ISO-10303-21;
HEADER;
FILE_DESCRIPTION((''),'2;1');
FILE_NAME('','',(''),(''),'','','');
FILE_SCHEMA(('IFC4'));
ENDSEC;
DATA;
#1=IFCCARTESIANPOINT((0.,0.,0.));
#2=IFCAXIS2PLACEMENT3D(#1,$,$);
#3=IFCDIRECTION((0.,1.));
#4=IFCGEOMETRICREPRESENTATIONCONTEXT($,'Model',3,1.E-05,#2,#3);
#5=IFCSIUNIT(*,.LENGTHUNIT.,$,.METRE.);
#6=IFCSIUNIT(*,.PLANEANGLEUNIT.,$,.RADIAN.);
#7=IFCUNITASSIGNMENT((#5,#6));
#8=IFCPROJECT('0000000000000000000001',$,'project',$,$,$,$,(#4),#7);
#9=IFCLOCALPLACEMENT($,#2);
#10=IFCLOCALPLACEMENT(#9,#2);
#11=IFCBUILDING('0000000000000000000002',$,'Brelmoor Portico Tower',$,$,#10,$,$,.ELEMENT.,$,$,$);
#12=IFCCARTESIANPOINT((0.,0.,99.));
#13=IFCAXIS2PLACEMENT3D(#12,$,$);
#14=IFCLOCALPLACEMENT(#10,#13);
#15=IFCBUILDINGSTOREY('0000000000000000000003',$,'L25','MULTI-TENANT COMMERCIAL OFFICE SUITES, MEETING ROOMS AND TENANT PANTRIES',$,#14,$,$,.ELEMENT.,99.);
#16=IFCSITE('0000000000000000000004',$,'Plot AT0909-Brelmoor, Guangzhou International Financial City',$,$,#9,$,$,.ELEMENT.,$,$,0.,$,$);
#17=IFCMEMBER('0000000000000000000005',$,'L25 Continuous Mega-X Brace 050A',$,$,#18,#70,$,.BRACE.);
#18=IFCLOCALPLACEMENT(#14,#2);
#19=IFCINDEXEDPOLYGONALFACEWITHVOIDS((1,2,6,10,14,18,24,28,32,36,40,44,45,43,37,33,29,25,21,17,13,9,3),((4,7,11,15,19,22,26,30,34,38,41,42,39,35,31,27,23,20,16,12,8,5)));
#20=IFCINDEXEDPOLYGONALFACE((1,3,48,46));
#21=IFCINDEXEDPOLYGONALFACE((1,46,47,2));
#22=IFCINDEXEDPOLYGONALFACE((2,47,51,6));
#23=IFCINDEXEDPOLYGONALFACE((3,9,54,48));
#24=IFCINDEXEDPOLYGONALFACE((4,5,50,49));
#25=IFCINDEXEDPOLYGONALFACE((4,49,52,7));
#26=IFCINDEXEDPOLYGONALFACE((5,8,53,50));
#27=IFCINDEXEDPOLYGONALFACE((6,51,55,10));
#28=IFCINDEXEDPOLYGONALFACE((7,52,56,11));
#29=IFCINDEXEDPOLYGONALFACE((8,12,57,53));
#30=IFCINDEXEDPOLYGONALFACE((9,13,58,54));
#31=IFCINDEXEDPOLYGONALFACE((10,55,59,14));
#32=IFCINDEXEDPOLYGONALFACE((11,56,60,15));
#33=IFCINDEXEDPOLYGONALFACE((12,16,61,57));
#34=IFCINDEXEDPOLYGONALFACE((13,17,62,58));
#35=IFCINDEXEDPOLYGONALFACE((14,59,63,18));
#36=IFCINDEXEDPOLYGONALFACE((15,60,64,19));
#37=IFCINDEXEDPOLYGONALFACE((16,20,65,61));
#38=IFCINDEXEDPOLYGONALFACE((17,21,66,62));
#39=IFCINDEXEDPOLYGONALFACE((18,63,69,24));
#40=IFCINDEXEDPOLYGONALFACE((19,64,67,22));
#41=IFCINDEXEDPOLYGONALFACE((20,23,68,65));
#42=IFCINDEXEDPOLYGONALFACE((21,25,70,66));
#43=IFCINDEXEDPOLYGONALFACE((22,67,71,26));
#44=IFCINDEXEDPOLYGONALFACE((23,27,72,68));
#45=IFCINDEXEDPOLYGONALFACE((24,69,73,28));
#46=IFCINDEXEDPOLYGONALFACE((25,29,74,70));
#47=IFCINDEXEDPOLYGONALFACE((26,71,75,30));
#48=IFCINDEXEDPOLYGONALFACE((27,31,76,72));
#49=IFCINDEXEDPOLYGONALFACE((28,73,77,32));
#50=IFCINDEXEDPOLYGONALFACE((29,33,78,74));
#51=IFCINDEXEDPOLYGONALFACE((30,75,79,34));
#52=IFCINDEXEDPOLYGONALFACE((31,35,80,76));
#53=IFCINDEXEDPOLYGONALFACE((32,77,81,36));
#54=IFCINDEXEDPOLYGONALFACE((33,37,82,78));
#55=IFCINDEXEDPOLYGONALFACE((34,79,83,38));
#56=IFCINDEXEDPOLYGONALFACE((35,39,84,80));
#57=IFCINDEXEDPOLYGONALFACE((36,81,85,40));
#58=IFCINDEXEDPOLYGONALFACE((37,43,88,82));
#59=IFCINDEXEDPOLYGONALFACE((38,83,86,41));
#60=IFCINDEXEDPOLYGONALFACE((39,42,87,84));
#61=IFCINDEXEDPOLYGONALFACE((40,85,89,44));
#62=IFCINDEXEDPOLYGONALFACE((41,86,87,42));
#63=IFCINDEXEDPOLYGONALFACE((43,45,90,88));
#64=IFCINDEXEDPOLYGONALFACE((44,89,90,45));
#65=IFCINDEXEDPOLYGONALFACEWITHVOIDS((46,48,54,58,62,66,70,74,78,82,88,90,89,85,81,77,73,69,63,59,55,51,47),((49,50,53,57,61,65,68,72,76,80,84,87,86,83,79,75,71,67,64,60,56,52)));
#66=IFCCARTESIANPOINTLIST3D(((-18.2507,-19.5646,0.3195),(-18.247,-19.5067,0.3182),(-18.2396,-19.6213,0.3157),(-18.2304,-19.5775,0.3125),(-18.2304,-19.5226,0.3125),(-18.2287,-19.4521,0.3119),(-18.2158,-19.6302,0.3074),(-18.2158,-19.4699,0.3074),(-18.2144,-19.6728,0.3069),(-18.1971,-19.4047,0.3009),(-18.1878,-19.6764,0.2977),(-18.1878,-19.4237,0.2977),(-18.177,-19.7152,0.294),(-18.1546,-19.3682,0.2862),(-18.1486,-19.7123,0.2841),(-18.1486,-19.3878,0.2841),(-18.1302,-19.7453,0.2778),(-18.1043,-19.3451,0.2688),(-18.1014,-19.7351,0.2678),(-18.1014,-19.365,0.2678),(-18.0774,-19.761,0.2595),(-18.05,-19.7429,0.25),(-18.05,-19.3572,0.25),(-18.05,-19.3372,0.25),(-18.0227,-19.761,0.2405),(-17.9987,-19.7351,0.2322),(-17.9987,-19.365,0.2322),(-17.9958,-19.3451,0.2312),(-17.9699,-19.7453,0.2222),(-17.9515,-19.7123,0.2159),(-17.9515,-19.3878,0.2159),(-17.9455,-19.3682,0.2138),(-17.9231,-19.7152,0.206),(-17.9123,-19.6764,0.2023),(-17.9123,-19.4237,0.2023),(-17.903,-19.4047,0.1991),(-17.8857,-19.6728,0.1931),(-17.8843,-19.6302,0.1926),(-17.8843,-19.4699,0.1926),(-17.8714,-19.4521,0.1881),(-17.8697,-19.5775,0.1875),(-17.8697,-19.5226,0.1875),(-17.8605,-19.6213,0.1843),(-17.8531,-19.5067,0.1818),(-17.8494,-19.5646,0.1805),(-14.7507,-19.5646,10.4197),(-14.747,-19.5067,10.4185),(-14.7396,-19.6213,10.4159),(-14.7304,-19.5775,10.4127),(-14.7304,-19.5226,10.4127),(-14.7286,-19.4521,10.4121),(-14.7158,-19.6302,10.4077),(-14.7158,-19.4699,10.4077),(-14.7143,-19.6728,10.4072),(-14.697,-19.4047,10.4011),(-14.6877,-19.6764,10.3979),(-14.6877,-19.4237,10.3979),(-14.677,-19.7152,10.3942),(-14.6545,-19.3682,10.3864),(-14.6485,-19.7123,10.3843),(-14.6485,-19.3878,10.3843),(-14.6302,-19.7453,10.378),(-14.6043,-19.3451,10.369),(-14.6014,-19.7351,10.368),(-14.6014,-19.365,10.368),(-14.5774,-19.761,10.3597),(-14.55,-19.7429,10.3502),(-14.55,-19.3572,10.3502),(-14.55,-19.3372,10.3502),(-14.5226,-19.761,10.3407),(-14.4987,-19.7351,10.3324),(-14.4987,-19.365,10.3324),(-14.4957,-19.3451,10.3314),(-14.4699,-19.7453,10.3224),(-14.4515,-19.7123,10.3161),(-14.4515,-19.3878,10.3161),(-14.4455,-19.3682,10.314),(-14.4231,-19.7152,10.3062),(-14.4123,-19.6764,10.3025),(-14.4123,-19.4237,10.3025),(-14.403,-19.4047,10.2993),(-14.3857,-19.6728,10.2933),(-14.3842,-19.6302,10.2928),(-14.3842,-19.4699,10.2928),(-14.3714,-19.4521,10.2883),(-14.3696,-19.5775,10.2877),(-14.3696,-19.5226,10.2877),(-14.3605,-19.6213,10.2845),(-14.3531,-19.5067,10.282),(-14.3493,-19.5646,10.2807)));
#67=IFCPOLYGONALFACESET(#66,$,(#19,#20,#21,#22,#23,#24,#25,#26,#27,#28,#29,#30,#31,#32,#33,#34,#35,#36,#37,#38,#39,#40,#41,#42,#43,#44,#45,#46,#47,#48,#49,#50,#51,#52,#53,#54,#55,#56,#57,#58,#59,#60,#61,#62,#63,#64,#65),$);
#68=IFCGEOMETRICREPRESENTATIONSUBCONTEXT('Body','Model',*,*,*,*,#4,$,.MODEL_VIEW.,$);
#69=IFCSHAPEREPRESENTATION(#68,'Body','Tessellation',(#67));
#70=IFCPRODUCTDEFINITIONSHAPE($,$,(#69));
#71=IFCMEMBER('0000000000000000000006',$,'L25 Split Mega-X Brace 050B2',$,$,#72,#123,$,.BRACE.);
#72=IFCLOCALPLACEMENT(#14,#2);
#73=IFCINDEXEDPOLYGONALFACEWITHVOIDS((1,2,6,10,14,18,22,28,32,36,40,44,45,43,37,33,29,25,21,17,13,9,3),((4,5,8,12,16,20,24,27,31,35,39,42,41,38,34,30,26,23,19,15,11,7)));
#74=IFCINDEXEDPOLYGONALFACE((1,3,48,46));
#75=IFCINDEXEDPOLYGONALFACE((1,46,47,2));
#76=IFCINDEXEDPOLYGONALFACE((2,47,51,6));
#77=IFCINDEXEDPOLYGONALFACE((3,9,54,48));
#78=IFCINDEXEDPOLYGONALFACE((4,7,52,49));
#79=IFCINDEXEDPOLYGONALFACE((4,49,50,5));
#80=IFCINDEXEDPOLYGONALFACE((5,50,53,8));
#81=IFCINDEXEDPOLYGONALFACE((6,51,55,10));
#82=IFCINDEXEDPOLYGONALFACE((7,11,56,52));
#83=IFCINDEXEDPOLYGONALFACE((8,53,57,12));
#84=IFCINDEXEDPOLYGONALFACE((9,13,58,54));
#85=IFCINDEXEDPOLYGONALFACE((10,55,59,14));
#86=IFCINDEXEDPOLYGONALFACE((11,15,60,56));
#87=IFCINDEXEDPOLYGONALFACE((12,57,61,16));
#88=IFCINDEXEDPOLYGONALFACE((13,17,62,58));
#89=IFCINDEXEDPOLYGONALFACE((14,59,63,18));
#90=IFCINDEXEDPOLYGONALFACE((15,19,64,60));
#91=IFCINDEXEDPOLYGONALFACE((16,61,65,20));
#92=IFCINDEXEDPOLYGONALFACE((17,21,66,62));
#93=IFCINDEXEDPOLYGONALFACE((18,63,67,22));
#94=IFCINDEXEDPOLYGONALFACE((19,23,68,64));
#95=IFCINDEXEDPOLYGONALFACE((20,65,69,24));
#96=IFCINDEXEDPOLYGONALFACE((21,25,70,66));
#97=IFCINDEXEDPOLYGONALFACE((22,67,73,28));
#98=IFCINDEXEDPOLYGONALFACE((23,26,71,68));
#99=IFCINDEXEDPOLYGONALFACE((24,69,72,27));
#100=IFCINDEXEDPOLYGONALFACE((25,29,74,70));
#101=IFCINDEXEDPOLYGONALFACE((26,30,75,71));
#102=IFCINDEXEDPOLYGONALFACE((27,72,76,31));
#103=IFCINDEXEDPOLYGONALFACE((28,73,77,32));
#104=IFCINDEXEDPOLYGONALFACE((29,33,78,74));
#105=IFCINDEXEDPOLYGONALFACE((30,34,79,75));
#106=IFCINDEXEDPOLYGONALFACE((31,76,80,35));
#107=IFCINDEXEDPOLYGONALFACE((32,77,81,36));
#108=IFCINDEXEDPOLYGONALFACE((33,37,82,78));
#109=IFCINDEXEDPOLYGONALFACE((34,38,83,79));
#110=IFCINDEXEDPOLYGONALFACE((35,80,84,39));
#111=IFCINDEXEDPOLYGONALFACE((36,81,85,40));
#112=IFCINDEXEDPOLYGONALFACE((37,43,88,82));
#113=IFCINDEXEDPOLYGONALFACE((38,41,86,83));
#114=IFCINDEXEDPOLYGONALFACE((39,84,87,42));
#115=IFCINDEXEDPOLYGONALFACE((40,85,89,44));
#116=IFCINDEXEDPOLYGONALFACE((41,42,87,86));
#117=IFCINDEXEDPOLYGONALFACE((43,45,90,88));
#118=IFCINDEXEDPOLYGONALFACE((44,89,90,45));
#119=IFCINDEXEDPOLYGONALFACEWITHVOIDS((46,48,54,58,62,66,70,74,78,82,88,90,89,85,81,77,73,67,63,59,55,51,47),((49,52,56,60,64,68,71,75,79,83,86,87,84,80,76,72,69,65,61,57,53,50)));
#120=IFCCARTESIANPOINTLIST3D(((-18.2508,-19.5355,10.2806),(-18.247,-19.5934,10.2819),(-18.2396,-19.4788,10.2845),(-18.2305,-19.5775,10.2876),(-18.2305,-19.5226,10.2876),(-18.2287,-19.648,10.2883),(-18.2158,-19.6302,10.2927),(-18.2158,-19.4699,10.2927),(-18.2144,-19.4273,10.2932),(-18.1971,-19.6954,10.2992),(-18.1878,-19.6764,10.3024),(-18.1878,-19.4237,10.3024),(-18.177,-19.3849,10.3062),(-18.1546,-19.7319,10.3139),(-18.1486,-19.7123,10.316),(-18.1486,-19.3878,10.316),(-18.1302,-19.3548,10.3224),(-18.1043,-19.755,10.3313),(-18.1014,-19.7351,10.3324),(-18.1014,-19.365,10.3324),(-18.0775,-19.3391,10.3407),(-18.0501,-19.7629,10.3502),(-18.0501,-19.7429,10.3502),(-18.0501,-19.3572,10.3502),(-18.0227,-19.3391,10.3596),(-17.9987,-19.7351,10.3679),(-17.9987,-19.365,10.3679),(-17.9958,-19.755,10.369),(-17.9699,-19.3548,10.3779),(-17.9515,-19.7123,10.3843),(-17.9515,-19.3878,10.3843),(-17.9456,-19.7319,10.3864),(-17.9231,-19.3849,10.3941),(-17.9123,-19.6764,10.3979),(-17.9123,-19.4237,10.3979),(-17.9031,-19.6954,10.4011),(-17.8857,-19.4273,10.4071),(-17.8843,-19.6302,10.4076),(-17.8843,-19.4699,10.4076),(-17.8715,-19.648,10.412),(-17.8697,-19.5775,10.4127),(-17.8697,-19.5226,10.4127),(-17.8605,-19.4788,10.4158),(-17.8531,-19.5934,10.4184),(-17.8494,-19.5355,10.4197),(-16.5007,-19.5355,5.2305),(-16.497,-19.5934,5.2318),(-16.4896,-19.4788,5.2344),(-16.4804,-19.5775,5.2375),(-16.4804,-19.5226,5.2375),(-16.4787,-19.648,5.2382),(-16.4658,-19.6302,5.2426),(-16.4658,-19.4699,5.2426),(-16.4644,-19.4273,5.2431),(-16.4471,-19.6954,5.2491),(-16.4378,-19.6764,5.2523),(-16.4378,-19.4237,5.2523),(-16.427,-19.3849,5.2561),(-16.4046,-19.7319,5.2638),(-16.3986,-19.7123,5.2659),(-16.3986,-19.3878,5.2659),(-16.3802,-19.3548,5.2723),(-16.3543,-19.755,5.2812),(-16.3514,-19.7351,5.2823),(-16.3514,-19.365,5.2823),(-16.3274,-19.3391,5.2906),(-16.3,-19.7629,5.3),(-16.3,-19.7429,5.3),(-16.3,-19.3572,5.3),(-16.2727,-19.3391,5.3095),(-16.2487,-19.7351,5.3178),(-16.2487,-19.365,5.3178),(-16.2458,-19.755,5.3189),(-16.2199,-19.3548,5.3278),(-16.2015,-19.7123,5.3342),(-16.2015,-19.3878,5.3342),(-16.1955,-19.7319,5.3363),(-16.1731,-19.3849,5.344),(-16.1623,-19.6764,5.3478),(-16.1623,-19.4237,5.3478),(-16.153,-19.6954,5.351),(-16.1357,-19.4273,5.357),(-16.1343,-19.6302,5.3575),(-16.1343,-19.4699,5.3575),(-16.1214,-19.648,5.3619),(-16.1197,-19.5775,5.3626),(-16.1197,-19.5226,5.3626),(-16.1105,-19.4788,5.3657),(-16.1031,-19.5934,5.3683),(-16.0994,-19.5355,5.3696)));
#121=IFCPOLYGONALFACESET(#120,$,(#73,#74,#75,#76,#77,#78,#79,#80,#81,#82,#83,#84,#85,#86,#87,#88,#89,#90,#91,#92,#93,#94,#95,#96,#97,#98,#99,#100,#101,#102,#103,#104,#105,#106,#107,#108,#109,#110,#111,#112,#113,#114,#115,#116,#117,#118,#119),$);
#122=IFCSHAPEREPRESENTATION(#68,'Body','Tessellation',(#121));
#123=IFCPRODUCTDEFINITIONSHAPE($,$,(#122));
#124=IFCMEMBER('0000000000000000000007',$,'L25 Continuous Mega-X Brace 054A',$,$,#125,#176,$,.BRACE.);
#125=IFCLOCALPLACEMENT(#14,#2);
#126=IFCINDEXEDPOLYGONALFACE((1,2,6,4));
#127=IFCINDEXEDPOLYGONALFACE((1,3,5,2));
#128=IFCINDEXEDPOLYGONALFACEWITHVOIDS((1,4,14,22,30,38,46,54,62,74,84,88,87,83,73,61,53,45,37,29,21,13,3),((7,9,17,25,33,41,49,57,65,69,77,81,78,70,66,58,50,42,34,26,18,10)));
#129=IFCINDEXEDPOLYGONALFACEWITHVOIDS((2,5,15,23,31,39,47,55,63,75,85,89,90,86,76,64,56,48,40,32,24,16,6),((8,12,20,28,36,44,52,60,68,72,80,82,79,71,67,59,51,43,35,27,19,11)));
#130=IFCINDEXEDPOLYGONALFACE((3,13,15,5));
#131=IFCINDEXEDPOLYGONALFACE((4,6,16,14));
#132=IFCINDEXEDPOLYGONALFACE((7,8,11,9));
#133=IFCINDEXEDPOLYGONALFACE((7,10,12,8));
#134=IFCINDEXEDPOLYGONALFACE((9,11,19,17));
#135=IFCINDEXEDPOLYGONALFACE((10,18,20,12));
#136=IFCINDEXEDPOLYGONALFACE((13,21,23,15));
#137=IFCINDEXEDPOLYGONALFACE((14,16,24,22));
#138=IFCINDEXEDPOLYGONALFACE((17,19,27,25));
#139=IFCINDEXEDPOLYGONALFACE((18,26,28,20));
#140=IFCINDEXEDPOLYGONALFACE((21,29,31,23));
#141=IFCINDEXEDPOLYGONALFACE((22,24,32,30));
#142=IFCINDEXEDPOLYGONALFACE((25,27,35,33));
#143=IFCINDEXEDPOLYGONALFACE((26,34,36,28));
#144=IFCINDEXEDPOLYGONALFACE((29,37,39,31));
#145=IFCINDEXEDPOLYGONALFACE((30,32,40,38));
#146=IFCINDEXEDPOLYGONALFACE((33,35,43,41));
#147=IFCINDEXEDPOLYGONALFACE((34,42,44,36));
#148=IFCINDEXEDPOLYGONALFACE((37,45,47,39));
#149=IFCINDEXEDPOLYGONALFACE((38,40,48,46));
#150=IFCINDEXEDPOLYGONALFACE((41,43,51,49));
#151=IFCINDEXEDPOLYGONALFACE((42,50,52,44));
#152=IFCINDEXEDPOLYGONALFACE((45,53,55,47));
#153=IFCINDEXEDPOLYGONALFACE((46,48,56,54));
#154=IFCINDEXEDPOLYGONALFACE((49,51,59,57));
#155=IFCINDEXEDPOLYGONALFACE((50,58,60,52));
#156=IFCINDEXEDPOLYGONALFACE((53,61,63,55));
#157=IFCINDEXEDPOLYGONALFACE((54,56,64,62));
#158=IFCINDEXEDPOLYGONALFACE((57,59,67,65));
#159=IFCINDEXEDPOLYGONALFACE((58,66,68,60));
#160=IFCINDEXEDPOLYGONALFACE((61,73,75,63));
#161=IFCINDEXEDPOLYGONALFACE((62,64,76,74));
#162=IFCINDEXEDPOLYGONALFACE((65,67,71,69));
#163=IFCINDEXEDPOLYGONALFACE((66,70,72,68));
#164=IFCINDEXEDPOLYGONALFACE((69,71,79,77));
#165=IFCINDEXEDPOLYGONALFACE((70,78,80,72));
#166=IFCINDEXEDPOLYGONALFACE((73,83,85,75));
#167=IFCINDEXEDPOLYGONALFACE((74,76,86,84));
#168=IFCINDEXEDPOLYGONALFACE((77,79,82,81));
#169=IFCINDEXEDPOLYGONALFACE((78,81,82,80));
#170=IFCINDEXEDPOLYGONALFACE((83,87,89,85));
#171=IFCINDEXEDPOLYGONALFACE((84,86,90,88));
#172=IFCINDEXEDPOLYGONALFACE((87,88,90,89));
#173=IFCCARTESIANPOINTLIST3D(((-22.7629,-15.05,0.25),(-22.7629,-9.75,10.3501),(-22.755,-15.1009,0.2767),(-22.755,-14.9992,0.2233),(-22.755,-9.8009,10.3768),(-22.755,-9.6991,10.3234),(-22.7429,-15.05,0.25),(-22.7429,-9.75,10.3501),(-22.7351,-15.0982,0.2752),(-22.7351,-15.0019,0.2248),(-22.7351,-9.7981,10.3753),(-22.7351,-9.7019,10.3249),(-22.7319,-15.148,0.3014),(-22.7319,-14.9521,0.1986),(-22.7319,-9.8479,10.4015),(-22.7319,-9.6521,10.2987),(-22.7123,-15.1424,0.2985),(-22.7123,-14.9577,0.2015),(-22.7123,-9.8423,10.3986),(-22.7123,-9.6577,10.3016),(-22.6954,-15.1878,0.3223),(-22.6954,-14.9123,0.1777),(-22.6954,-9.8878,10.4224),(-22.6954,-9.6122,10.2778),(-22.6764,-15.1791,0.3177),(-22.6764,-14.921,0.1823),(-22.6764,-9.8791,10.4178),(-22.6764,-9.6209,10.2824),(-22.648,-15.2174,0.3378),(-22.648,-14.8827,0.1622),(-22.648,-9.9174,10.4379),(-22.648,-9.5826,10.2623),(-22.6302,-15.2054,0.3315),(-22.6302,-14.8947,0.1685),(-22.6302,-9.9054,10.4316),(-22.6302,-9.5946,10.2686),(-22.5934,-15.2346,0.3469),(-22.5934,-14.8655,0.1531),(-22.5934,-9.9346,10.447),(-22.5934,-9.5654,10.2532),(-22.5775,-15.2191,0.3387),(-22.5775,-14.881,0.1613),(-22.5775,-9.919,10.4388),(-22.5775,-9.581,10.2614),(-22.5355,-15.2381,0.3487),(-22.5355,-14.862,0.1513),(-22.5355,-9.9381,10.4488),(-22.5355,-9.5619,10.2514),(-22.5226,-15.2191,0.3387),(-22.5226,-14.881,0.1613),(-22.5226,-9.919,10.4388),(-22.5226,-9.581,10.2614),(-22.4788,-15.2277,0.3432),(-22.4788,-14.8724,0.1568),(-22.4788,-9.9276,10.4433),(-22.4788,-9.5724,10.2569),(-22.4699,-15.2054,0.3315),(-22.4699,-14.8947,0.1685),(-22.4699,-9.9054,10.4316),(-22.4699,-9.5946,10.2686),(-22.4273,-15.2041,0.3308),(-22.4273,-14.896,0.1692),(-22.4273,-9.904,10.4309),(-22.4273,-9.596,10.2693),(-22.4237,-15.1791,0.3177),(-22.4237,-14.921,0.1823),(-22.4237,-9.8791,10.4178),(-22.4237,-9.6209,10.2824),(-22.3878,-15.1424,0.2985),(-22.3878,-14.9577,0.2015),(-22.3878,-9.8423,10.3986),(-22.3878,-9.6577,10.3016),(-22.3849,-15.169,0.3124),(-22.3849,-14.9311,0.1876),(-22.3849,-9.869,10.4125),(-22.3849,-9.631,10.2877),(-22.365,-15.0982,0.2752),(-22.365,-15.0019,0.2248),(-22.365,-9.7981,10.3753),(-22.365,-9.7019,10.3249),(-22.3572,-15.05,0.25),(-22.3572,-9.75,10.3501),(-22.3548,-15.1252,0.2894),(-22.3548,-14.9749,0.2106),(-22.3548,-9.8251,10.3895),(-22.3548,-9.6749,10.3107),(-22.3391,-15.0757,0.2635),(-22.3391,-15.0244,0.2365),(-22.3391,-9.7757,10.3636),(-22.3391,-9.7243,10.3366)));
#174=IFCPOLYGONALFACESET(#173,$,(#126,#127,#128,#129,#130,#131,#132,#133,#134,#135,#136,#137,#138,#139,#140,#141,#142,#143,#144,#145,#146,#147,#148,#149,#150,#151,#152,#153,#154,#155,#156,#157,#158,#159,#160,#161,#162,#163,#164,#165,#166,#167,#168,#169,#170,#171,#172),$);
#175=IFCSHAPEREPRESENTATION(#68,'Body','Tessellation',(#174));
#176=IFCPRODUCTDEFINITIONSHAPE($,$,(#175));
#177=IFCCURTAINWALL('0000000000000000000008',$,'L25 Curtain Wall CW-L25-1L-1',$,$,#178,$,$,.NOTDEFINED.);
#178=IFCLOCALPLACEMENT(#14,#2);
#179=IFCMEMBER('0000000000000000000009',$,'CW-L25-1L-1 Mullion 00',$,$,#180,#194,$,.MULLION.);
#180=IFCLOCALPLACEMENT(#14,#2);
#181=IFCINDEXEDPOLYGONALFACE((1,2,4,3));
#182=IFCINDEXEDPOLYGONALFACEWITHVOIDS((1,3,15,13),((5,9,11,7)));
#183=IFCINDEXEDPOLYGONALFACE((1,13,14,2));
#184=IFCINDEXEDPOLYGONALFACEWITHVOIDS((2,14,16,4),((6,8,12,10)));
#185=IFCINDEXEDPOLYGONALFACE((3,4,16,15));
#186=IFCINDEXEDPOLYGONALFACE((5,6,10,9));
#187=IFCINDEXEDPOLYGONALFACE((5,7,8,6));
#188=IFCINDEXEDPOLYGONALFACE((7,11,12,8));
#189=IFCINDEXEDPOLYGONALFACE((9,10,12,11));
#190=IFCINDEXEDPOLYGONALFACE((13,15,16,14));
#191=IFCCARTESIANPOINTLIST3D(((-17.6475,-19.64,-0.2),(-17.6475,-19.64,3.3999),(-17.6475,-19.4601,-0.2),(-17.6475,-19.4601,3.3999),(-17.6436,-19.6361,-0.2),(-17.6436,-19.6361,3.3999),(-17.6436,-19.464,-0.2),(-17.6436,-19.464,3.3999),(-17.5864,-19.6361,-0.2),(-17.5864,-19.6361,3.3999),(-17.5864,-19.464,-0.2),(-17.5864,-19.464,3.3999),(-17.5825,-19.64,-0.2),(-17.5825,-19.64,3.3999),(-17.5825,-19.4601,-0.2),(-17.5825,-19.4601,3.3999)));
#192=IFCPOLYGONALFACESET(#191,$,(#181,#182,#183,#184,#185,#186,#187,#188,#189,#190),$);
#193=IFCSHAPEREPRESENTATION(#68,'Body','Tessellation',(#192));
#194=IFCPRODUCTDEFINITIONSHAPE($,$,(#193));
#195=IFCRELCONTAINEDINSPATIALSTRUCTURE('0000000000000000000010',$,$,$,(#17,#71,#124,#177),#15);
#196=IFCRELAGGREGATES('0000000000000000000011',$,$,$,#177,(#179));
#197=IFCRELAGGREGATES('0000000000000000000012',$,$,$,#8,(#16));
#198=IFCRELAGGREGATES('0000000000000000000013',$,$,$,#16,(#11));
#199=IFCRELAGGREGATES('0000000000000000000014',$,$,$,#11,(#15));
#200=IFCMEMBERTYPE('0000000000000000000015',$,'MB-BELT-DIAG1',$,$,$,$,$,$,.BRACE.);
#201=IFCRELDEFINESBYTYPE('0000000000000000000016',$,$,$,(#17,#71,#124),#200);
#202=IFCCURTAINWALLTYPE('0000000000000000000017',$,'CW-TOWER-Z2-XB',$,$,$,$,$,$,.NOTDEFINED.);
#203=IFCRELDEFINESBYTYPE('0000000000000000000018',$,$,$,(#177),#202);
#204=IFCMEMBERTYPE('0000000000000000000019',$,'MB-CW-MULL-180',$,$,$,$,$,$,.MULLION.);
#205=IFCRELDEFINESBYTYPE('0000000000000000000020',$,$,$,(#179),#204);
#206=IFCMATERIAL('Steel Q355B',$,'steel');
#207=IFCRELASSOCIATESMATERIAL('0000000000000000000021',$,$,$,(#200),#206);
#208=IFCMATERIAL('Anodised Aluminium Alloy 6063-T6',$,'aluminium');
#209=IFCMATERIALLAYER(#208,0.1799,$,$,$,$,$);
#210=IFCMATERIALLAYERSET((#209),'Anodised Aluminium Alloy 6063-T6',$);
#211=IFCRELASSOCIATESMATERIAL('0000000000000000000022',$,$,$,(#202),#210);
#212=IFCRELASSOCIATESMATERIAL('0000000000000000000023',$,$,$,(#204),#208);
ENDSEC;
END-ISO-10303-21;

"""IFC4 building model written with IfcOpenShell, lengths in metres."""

from ifc_helpers import new_model, si_unit, direction, frame, origin, origin_2d, place, context, subcontext, project, spatial, hollow_rectangle, hollow_circle, extrude, material, layer, layer_set, material_profile, profile_set, type_object, element, aggregate, save


model = new_model("IFC4")

# Units and contexts
model_context = context("Model", 3, precision=1e-05, world=origin(), true_north=direction((0.0, 1.0)))
body_context = subcontext(model_context, "Body", "Model", "MODEL_VIEW")
ifc_project = project(units=[si_unit("LENGTHUNIT", "METRE"), si_unit("PLANEANGLEUNIT", "RADIAN")], contexts=[model_context])

# Site, building, storey
site_placement = place(None, origin())
site = spatial("IfcSite", under=ifc_project, at=site_placement, Name="Plot AT0909-Brelmoor, Guangzhou International Financial City", CompositionType="ELEMENT", RefElevation=0.0)
building_placement = place(site_placement, origin())
building = spatial("IfcBuilding", under=site, at=building_placement, Name="Brelmoor Portico Tower", CompositionType="ELEMENT")
storey_placement = place(building_placement, frame((0.0, 0.0, 99.0)))
storey = spatial("IfcBuildingStorey", under=building, at=storey_placement, Name="L25", Description="MULTI-TENANT COMMERCIAL OFFICE SUITES, MEETING ROOMS AND TENANT PANTRIES", CompositionType="ELEMENT", Elevation=99.0)

# Shared definitions
ifc_material_1 = material(Name="Steel Q355B", Category="steel")

# Members
ifc_material_profile_1 = material_profile(ifc_material_1, hollow_circle(Radius=0.2129, WallThickness=0.02, at=origin_2d()), Name="CHS 426x20")
ifc_profile_set_1 = profile_set([ifc_material_profile_1], Name="Steel Q355B")
member_type_1 = type_object("IfcMemberType", Name="MB-BELT-DIAG1", PredefinedType="BRACE", material=ifc_profile_set_1)
member_1_placement = place(storey_placement, frame((-18.05, -19.55, 0.25), z_axis=(0.327429, 0.0, 0.944876), x_axis=(0.0, 1.0, 0.0)))
element("IfcMember", 1, at=member_1_placement, inside=storey, type_object=member_type_1, Name="L25 Continuous Mega-X Brace 050A", PredefinedType="BRACE", context=body_context, shape_type="SweptSolid", body=[
    extrude(hollow_circle(Radius=0.2129, WallThickness=0.02, at=origin_2d()), origin(), (0.0, 0.0, 1.0), 10.6895),
])
member_2_placement = place(storey_placement, frame((-16.3, -19.55, 5.3), z_axis=(-0.327429, 0.0, 0.944876), x_axis=(0.0, -1.0, 0.0)))
element("IfcMember", 2, at=member_2_placement, inside=storey, type_object=member_type_1, Name="L25 Split Mega-X Brace 050B2", PredefinedType="BRACE", context=body_context, shape_type="SweptSolid", body=[
    extrude(hollow_circle(Radius=0.2129, WallThickness=0.02, at=origin_2d()), origin(), (0.0, 0.0, 1.0), 5.3447),
])
member_3_placement = place(storey_placement, frame((-22.55, -15.05, 0.25), z_axis=(0.0, 0.464662, 0.885488), x_axis=(-1.0, 0.0, 0.0)))
element("IfcMember", 3, at=member_3_placement, inside=storey, type_object=member_type_1, Name="L25 Continuous Mega-X Brace 054A", PredefinedType="BRACE", context=body_context, shape_type="SweptSolid", body=[
    extrude(hollow_circle(Radius=0.2129, WallThickness=0.02, at=origin_2d()), origin(), (0.0, 0.0, 1.0), 11.4062),
])

# Curtain wall, member
ifc_material_2 = material(Name="Anodised Aluminium Alloy 6063-T6", Category="aluminium")
ifc_layer_1 = layer(ifc_material_2, 0.1799)
ifc_layer_set_1 = layer_set([ifc_layer_1], Name="Anodised Aluminium Alloy 6063-T6")
curtain_wall_type = type_object("IfcCurtainWallType", Name="CW-TOWER-Z2-XB", PredefinedType="NOTDEFINED", material=ifc_layer_set_1)
curtain_wall_1_placement = place(storey_placement, origin())
curtain_wall_1 = element("IfcCurtainWall", 4, at=curtain_wall_1_placement, inside=storey, type_object=curtain_wall_type, Name="L25 Curtain Wall CW-L25-1L-1", PredefinedType="NOTDEFINED")
ifc_material_profile_2 = material_profile(ifc_material_2, hollow_rectangle(XDim=0.0649, YDim=0.1799, WallThickness=0.0039, at=origin_2d()), Name="ALU MULLION 65x180")
ifc_profile_set_2 = profile_set([ifc_material_profile_2], Name="Anodised Aluminium Alloy 6063-T6")
member_type_2 = type_object("IfcMemberType", Name="MB-CW-MULL-180", PredefinedType="MULLION", material=ifc_profile_set_2)
member_4_placement = place(storey_placement, frame((-17.615, -19.55, -0.2), z_axis=(0.0, 0.0, 1.0), x_axis=(1.0, 0.0, 0.0)))
member_4 = element("IfcMember", 5, at=member_4_placement, type_object=member_type_2, Name="CW-L25-1L-1 Mullion 00", PredefinedType="MULLION", context=body_context, shape_type="SweptSolid", body=[
    extrude(hollow_rectangle(XDim=0.0649, YDim=0.1799, WallThickness=0.0039, at=origin_2d()), origin(), (0.0, 0.0, 1.0), 3.5999),
])

aggregate(curtain_wall_1, [member_4])

save(model, "model.ifc")
